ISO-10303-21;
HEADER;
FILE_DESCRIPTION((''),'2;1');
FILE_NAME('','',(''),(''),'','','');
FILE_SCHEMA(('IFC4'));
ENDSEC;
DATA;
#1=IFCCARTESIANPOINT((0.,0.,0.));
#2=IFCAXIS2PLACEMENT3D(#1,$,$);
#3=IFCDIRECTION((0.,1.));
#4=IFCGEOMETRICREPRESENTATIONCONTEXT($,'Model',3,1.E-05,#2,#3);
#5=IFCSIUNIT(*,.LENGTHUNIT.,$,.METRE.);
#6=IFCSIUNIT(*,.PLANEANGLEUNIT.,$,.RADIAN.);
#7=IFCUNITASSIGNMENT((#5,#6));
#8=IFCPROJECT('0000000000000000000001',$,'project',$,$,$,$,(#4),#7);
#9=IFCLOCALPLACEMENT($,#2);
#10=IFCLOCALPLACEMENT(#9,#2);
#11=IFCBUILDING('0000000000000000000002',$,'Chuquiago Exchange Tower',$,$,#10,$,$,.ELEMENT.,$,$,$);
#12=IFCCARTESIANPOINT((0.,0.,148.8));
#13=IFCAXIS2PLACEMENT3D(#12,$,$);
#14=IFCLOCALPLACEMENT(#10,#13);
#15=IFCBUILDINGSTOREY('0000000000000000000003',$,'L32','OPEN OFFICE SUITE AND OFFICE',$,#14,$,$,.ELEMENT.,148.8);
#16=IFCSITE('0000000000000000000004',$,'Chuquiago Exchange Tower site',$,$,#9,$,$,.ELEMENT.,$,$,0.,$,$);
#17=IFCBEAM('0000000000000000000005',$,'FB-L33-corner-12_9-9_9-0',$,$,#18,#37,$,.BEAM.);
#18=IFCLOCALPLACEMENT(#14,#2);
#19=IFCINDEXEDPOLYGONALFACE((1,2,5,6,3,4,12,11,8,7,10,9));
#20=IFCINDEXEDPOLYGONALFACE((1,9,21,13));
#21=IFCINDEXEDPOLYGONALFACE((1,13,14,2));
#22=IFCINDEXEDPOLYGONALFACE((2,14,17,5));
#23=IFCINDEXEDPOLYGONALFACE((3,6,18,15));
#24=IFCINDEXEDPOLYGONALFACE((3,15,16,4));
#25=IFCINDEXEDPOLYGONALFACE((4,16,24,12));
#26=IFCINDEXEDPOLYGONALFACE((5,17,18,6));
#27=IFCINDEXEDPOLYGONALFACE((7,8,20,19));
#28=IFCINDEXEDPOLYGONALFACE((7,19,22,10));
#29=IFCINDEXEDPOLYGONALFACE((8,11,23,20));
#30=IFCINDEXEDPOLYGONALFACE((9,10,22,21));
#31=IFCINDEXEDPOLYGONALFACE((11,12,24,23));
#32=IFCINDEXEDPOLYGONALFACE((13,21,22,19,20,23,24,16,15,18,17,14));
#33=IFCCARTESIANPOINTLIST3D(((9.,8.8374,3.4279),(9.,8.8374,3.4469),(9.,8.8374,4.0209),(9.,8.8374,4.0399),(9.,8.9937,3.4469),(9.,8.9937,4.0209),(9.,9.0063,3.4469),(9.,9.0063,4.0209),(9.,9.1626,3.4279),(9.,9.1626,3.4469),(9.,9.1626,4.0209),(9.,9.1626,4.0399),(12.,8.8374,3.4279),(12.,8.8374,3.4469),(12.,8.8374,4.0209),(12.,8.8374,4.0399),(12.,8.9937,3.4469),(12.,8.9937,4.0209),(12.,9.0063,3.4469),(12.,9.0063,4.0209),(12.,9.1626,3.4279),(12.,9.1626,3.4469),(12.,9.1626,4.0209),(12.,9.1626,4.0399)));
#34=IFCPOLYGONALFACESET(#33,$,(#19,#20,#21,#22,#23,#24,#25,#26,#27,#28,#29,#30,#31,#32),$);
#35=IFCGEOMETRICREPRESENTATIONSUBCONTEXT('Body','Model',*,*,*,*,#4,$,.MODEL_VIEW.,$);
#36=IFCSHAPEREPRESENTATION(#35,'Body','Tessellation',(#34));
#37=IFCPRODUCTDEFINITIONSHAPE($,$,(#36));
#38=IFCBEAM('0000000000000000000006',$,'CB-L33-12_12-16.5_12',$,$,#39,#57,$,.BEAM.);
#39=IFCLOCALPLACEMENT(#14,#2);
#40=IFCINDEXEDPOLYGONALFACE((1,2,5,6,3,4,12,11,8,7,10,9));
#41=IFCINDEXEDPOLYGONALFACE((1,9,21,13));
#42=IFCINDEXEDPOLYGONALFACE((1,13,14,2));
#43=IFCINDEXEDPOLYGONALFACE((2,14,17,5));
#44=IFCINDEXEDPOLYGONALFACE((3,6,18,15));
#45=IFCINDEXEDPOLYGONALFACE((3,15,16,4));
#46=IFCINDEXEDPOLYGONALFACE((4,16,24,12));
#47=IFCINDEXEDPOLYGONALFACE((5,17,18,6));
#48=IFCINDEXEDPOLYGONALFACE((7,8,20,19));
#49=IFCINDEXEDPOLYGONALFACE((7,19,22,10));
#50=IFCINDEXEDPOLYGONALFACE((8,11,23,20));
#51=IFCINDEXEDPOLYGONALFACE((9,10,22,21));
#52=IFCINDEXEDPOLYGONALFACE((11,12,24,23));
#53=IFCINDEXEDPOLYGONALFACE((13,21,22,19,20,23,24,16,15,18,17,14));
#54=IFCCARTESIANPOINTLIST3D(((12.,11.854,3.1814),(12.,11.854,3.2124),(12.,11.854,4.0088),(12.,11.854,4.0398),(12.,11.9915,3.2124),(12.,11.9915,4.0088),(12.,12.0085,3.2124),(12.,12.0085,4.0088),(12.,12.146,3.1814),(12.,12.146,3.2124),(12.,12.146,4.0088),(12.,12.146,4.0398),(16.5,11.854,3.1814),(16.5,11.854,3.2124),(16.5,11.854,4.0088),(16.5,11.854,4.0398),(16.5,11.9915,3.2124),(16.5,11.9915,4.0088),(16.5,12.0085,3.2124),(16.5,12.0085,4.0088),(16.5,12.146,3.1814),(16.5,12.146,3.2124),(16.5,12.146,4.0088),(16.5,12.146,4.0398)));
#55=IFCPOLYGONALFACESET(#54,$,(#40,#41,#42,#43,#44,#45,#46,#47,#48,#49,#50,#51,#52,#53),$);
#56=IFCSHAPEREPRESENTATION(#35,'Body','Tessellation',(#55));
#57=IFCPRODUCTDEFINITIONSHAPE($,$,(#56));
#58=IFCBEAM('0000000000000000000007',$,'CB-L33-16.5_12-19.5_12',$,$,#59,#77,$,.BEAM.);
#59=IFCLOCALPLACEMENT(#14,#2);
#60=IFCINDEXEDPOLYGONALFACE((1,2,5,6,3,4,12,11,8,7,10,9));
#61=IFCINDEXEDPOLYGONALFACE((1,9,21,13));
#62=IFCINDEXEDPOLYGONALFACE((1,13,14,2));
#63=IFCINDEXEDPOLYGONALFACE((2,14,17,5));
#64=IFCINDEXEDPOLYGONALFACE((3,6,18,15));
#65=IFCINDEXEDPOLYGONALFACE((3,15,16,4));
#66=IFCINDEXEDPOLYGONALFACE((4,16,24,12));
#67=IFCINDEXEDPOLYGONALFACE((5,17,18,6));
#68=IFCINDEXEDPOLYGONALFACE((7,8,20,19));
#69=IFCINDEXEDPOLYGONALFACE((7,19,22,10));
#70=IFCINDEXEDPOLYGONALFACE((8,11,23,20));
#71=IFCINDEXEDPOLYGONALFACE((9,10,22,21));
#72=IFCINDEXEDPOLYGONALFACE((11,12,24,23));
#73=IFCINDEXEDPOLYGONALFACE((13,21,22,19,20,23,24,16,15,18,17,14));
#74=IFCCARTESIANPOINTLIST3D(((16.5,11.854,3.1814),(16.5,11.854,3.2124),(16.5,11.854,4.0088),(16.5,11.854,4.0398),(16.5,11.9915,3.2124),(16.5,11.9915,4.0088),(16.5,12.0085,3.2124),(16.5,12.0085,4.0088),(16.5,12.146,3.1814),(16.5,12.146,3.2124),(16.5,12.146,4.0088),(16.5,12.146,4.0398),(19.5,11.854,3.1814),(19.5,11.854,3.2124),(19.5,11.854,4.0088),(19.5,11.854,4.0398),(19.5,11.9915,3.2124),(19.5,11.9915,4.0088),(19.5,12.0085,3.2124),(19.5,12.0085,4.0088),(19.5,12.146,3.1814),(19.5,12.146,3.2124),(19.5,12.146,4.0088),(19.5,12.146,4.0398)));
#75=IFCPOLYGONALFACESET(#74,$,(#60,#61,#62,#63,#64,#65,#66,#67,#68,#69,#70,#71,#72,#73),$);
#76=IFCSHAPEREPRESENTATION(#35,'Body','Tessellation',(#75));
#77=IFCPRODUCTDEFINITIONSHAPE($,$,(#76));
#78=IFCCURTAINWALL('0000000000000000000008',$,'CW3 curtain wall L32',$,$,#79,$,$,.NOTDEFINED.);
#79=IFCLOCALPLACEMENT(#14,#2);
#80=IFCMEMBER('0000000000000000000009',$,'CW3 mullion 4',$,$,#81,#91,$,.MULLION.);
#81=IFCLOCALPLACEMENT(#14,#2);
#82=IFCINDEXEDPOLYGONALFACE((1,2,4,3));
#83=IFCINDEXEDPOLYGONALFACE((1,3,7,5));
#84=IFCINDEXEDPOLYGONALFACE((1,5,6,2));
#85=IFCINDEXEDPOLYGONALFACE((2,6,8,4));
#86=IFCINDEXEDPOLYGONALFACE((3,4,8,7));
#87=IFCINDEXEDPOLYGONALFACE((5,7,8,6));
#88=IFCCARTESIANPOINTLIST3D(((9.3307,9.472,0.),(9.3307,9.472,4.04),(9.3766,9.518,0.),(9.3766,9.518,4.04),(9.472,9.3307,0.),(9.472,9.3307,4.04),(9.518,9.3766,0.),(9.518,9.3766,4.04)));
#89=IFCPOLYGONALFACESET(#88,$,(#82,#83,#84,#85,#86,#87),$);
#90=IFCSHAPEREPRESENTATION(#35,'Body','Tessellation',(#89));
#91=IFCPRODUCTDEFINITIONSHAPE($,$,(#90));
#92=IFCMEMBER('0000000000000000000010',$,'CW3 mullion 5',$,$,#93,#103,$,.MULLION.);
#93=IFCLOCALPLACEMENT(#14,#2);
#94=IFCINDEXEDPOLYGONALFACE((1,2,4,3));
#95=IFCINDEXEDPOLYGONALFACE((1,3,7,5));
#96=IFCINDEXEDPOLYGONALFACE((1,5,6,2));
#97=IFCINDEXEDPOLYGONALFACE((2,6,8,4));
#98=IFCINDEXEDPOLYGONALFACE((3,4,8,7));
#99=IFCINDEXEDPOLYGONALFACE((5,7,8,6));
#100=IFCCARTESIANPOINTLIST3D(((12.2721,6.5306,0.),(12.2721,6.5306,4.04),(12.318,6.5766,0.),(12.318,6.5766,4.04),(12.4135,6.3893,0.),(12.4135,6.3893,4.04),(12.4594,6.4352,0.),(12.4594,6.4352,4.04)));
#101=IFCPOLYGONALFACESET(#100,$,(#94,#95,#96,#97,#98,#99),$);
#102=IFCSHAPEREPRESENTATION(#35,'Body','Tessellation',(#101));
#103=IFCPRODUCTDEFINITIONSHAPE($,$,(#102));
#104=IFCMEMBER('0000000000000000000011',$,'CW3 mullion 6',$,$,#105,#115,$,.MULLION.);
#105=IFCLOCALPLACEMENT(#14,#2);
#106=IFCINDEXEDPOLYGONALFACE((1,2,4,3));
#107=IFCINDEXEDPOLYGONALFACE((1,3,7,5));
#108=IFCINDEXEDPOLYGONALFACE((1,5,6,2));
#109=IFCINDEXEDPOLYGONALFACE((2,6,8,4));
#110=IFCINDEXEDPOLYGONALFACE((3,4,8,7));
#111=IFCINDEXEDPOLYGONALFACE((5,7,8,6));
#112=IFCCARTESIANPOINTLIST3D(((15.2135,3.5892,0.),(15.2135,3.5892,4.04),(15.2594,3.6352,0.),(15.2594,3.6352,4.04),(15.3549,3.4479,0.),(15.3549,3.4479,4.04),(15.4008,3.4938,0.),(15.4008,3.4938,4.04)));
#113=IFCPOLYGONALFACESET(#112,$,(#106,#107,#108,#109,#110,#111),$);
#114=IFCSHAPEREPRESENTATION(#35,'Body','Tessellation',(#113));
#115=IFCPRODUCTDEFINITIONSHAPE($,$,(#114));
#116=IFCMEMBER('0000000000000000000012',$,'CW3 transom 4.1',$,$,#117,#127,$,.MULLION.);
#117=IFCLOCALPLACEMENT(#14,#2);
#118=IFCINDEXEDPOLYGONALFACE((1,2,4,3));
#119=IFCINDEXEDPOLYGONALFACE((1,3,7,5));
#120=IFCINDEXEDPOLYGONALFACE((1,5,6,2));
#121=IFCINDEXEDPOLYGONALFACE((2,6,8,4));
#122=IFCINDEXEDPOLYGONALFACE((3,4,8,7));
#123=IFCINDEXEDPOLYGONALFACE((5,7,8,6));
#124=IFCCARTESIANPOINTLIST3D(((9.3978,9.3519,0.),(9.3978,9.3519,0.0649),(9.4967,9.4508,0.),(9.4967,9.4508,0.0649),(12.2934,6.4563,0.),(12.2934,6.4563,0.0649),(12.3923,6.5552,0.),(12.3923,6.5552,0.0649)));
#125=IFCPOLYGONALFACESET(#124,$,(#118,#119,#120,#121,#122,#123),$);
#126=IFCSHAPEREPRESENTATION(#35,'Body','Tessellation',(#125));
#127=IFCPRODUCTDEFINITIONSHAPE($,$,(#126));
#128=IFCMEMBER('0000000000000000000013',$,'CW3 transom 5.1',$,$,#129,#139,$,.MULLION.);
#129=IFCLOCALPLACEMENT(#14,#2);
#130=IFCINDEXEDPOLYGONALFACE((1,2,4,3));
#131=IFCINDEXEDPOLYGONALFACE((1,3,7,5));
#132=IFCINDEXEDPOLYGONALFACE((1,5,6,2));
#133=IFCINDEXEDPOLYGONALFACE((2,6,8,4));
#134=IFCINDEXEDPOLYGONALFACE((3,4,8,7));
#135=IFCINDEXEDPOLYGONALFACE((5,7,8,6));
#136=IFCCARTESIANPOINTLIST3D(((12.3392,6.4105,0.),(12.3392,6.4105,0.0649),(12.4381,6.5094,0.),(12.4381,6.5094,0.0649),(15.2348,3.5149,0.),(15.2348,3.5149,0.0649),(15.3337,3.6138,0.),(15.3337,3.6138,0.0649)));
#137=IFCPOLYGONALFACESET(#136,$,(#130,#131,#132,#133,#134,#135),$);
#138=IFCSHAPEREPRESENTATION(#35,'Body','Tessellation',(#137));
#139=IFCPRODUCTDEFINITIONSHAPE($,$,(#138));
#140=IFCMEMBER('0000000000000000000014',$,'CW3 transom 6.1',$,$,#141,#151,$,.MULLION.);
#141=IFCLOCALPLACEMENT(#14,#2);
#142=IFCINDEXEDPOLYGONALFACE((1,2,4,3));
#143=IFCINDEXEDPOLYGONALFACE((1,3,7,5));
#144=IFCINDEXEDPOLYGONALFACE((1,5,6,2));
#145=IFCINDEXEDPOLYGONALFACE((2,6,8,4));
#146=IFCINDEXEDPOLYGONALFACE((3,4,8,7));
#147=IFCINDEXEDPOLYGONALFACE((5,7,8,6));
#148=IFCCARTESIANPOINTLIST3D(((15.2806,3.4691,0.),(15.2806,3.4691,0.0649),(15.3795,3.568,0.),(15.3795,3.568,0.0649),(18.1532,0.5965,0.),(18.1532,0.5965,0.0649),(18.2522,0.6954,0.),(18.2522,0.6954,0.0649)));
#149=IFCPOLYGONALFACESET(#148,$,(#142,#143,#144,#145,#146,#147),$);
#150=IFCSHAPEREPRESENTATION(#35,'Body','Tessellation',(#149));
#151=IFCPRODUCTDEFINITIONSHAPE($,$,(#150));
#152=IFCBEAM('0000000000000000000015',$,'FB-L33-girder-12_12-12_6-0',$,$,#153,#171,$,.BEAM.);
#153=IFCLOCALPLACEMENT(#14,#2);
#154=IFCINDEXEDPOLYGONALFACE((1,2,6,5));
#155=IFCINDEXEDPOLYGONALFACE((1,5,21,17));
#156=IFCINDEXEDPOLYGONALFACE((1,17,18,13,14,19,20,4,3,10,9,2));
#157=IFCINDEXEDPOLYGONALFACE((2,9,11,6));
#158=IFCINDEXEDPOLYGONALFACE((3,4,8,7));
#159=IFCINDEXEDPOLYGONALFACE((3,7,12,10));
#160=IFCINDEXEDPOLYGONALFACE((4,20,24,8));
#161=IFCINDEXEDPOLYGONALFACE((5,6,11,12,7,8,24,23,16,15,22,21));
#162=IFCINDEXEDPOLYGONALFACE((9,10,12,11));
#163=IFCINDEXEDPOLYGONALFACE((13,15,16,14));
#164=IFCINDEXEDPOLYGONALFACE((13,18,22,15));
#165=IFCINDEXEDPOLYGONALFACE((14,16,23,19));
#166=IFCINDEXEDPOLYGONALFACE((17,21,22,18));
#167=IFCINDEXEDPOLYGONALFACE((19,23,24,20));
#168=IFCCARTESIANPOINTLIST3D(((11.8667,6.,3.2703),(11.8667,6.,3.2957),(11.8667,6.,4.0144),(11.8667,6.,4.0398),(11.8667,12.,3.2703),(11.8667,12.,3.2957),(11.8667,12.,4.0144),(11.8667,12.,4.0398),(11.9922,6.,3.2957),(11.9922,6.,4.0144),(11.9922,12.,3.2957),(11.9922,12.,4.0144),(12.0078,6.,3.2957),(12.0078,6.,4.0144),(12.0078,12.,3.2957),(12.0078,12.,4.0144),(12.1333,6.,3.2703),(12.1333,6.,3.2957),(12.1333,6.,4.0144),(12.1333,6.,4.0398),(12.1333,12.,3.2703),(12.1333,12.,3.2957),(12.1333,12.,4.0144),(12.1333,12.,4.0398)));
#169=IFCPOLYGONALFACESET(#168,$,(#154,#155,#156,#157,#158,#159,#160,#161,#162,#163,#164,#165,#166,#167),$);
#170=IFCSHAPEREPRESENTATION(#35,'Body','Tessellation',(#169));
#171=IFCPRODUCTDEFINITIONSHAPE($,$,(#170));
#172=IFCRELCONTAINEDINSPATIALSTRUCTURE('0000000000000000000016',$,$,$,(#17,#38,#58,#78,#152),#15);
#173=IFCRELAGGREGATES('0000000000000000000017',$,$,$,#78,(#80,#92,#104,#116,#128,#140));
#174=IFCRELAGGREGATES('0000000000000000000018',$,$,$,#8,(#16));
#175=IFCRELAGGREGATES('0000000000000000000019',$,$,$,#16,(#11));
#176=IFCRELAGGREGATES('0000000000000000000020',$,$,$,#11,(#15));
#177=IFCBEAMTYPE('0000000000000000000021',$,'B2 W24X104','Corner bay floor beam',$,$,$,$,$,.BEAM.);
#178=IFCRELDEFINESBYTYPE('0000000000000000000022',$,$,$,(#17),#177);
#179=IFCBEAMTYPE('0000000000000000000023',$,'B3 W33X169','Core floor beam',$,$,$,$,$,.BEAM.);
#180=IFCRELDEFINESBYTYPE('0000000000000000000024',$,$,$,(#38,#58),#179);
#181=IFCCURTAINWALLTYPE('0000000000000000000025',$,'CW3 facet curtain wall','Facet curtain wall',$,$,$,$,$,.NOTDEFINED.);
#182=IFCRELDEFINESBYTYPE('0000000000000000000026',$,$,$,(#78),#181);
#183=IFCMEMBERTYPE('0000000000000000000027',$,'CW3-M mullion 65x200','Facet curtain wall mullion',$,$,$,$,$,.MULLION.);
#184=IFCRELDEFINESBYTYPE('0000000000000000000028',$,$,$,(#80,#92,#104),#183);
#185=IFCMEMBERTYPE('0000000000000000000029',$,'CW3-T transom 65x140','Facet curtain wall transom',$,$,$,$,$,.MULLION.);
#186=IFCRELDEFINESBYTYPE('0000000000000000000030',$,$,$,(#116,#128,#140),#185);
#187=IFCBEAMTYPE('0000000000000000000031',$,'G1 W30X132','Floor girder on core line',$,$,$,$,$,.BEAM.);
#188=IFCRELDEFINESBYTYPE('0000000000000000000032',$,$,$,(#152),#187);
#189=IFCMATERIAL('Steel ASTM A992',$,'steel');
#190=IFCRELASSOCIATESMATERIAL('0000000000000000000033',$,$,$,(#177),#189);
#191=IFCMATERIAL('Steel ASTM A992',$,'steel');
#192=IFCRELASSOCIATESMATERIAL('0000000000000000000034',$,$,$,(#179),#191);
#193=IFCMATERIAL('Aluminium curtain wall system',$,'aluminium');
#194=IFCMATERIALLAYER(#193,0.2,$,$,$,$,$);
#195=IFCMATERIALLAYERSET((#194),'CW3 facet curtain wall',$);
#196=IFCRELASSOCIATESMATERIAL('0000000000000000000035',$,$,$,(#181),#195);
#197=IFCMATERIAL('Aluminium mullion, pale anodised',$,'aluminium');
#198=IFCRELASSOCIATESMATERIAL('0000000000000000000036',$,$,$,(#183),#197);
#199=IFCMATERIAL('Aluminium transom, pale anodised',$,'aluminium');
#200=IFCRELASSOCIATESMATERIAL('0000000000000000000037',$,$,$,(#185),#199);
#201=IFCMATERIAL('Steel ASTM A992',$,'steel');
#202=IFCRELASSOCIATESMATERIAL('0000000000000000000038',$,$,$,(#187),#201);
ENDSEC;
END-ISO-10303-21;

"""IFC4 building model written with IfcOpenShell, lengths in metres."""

from ifc_helpers import new_model, si_unit, direction, frame, origin, origin_2d, place, context, subcontext, project, spatial, rectangle, i_section, extrude, material, layer, layer_set, material_profile, profile_set, type_object, element, aggregate, save


model = new_model("IFC4")

# Units and contexts
model_context = context("Model", 3, precision=1e-05, world=origin(), true_north=direction((0.0, 1.0)))
body_context = subcontext(model_context, "Body", "Model", "MODEL_VIEW")
ifc_project = project(units=[si_unit("LENGTHUNIT", "METRE"), si_unit("PLANEANGLEUNIT", "RADIAN")], contexts=[model_context])

# Site, building, storey
site_placement = place(None, origin())
site = spatial("IfcSite", under=ifc_project, at=site_placement, Name="Chuquiago Exchange Tower site", CompositionType="ELEMENT", RefElevation=0.0)
building_placement = place(site_placement, origin())
building = spatial("IfcBuilding", under=site, at=building_placement, Name="Chuquiago Exchange Tower", CompositionType="ELEMENT")
storey_placement = place(building_placement, frame((0.0, 0.0, 148.8)))
storey = spatial("IfcBuildingStorey", under=building, at=storey_placement, Name="L32", Description="OPEN OFFICE SUITE AND OFFICE", CompositionType="ELEMENT", Elevation=148.8)

# Beams
ifc_material_1 = material(Name="Steel ASTM A992", Category="steel")
ifc_material_profile_1 = material_profile(ifc_material_1, i_section(OverallWidth=0.3252, OverallDepth=0.6121, WebThickness=0.0127, FlangeThickness=0.019, at=origin_2d()), Name="W24X104")
ifc_profile_set_1 = profile_set([ifc_material_profile_1], Name="Steel ASTM A992")
beam_type_1 = type_object("IfcBeamType", Name="B2 W24X104", Description="Corner bay floor beam", PredefinedType="BEAM", material=ifc_profile_set_1)
beam_1_placement = place(storey_placement, frame((12.0, 9.0, 3.7339), z_axis=(-1.0, 0.0, 0.0), x_axis=(0.0, -1.0, 0.0)))
element("IfcBeam", 1, at=beam_1_placement, inside=storey, type_object=beam_type_1, Name="FB-L33-corner-12_9-9_9-0", PredefinedType="BEAM", context=body_context, shape_type="SweptSolid", body=[
    extrude(i_section(OverallWidth=0.3252, OverallDepth=0.6121, WebThickness=0.0127, FlangeThickness=0.019, at=origin_2d()), origin(), (0.0, 0.0, 1.0), 3.0),
])
ifc_material_2 = material(Name="Steel ASTM A992", Category="steel")
ifc_material_profile_2 = material_profile(ifc_material_2, i_section(OverallWidth=0.292, OverallDepth=0.8584, WebThickness=0.0171, FlangeThickness=0.031, at=origin_2d()), Name="W33X169")
ifc_profile_set_2 = profile_set([ifc_material_profile_2], Name="Steel ASTM A992")
beam_type_2 = type_object("IfcBeamType", Name="B3 W33X169", Description="Core floor beam", PredefinedType="BEAM", material=ifc_profile_set_2)
beam_2_placement = place(storey_placement, frame((12.0, 12.0, 3.6106), z_axis=(1.0, 0.0, 0.0), x_axis=(0.0, 1.0, 0.0)))
element("IfcBeam", 2, at=beam_2_placement, inside=storey, type_object=beam_type_2, Name="CB-L33-12_12-16.5_12", PredefinedType="BEAM", context=body_context, shape_type="SweptSolid", body=[
    extrude(i_section(OverallWidth=0.292, OverallDepth=0.8584, WebThickness=0.0171, FlangeThickness=0.031, at=origin_2d()), origin(), (0.0, 0.0, 1.0), 4.5),
])
beam_3_placement = place(storey_placement, frame((16.5, 12.0, 3.6106), z_axis=(1.0, 0.0, 0.0), x_axis=(0.0, 1.0, 0.0)))
element("IfcBeam", 3, at=beam_3_placement, inside=storey, type_object=beam_type_2, Name="CB-L33-16.5_12-19.5_12", PredefinedType="BEAM", context=body_context, shape_type="SweptSolid", body=[
    extrude(i_section(OverallWidth=0.292, OverallDepth=0.8584, WebThickness=0.0171, FlangeThickness=0.031, at=origin_2d()), origin(), (0.0, 0.0, 1.0), 3.0),
])

# Curtain wall, members
ifc_material_3 = material(Name="Aluminium curtain wall system", Category="aluminium")
ifc_layer_1 = layer(ifc_material_3, 0.2)
ifc_layer_set_1 = layer_set([ifc_layer_1], Name="CW3 facet curtain wall")
curtain_wall_type = type_object("IfcCurtainWallType", Name="CW3 facet curtain wall", Description="Facet curtain wall", PredefinedType="NOTDEFINED", material=ifc_layer_set_1)
curtain_wall_placement = place(storey_placement, origin())
curtain_wall = element("IfcCurtainWall", 4, at=curtain_wall_placement, inside=storey, type_object=curtain_wall_type, Name="CW3 curtain wall L32", PredefinedType="NOTDEFINED")
ifc_material_4 = material(Name="Aluminium mullion, pale anodised", Category="aluminium")
ifc_material_profile_3 = material_profile(ifc_material_4, rectangle(XDim=0.0649, YDim=0.2, at=origin_2d()), Name="AL 65x200")
ifc_profile_set_3 = profile_set([ifc_material_profile_3], Name="Aluminium mullion, pale anodised")
member_type_1 = type_object("IfcMemberType", Name="CW3-M mullion 65x200", Description="Facet curtain wall mullion", PredefinedType="MULLION", material=ifc_profile_set_3)
member_1_placement = place(storey_placement, frame((9.4243, 9.4243, 0.0), z_axis=(0.0, 0.0, 1.0), x_axis=(0.707107, 0.707107, 0.0)))
member_1 = element("IfcMember", 5, at=member_1_placement, type_object=member_type_1, Name="CW3 mullion 4", PredefinedType="MULLION", context=body_context, shape_type="SweptSolid", body=[
    extrude(rectangle(XDim=0.0649, YDim=0.2, at=origin_2d()), origin(), (0.0, 0.0, 1.0), 4.04),
])
member_2_placement = place(storey_placement, frame((12.3657, 6.4829, 0.0), z_axis=(0.0, 0.0, 1.0), x_axis=(0.707107, 0.707107, 0.0)))
member_2 = element("IfcMember", 6, at=member_2_placement, type_object=member_type_1, Name="CW3 mullion 5", PredefinedType="MULLION", context=body_context, shape_type="SweptSolid", body=[
    extrude(rectangle(XDim=0.0649, YDim=0.2, at=origin_2d()), origin(), (0.0, 0.0, 1.0), 4.04),
])
member_3_placement = place(storey_placement, frame((15.3071, 3.5415, 0.0), z_axis=(0.0, 0.0, 1.0), x_axis=(0.707107, 0.707107, 0.0)))
member_3 = element("IfcMember", 7, at=member_3_placement, type_object=member_type_1, Name="CW3 mullion 6", PredefinedType="MULLION", context=body_context, shape_type="SweptSolid", body=[
    extrude(rectangle(XDim=0.0649, YDim=0.2, at=origin_2d()), origin(), (0.0, 0.0, 1.0), 4.04),
])
ifc_material_5 = material(Name="Aluminium transom, pale anodised", Category="aluminium")
ifc_material_profile_4 = material_profile(ifc_material_5, rectangle(XDim=0.1399, YDim=0.0649, at=origin_2d()), Name="AL 140x65")
ifc_profile_set_4 = profile_set([ifc_material_profile_4], Name="Aluminium transom, pale anodised")
member_type_2 = type_object("IfcMemberType", Name="CW3-T transom 65x140", Description="Facet curtain wall transom", PredefinedType="MULLION", material=ifc_profile_set_4)
member_4_placement = place(storey_placement, frame((9.4473, 9.4014, 0.0325), z_axis=(0.707107, -0.707107, 0.0), x_axis=(0.707107, 0.707107, 0.0)))
member_4 = element("IfcMember", 8, at=member_4_placement, type_object=member_type_2, Name="CW3 transom 4.1", PredefinedType="MULLION", context=body_context, shape_type="SweptSolid", body=[
    extrude(rectangle(XDim=0.1399, YDim=0.0649, at=origin_2d()), origin(), (0.0, 0.0, 1.0), 4.095),
])
member_5_placement = place(storey_placement, frame((12.3887, 6.46, 0.0325), z_axis=(0.707107, -0.707107, 0.0), x_axis=(0.707107, 0.707107, 0.0)))
member_5 = element("IfcMember", 9, at=member_5_placement, type_object=member_type_2, Name="CW3 transom 5.1", PredefinedType="MULLION", context=body_context, shape_type="SweptSolid", body=[
    extrude(rectangle(XDim=0.1399, YDim=0.0649, at=origin_2d()), origin(), (0.0, 0.0, 1.0), 4.095),
])
member_6_placement = place(storey_placement, frame((15.3301, 3.5186, 0.0325), z_axis=(0.707107, -0.707107, 0.0), x_axis=(0.707107, 0.707107, 0.0)))
member_6 = element("IfcMember", 10, at=member_6_placement, type_object=member_type_2, Name="CW3 transom 6.1", PredefinedType="MULLION", context=body_context, shape_type="SweptSolid", body=[
    extrude(rectangle(XDim=0.1399, YDim=0.0649, at=origin_2d()), origin(), (0.0, 0.0, 1.0), 4.0625),
])

# Beam
ifc_material_6 = material(Name="Steel ASTM A992", Category="steel")
ifc_material_profile_5 = material_profile(ifc_material_6, i_section(OverallWidth=0.2666, OverallDepth=0.7695, WebThickness=0.0156, FlangeThickness=0.0254, at=origin_2d()), Name="W30X132")
ifc_profile_set_5 = profile_set([ifc_material_profile_5], Name="Steel ASTM A992")
beam_type_3 = type_object("IfcBeamType", Name="G1 W30X132", Description="Floor girder on core line", PredefinedType="BEAM", material=ifc_profile_set_5)
for number, where, z_axis, x_axis, name in (
    (11, (12.0, 12.0, 3.655), (0.0, -1.0, 0.0), (1.0, 0.0, 0.0), "FB-L33-girder-12_12-12_6-0"),
):
    element("IfcBeam", number, at=place(storey_placement, frame(where, z_axis=z_axis, x_axis=x_axis)), inside=storey, type_object=beam_type_3, Name=name, PredefinedType="BEAM", context=body_context, shape_type="SweptSolid", body=[
        extrude(i_section(OverallWidth=0.2666, OverallDepth=0.7695, WebThickness=0.0156, FlangeThickness=0.0254, at=origin_2d()), origin(), (0.0, 0.0, 1.0), 6.0),
    ])

aggregate(curtain_wall, [member_1, member_2, member_3, member_4, member_5, member_6])

save(model, "model.ifc")
